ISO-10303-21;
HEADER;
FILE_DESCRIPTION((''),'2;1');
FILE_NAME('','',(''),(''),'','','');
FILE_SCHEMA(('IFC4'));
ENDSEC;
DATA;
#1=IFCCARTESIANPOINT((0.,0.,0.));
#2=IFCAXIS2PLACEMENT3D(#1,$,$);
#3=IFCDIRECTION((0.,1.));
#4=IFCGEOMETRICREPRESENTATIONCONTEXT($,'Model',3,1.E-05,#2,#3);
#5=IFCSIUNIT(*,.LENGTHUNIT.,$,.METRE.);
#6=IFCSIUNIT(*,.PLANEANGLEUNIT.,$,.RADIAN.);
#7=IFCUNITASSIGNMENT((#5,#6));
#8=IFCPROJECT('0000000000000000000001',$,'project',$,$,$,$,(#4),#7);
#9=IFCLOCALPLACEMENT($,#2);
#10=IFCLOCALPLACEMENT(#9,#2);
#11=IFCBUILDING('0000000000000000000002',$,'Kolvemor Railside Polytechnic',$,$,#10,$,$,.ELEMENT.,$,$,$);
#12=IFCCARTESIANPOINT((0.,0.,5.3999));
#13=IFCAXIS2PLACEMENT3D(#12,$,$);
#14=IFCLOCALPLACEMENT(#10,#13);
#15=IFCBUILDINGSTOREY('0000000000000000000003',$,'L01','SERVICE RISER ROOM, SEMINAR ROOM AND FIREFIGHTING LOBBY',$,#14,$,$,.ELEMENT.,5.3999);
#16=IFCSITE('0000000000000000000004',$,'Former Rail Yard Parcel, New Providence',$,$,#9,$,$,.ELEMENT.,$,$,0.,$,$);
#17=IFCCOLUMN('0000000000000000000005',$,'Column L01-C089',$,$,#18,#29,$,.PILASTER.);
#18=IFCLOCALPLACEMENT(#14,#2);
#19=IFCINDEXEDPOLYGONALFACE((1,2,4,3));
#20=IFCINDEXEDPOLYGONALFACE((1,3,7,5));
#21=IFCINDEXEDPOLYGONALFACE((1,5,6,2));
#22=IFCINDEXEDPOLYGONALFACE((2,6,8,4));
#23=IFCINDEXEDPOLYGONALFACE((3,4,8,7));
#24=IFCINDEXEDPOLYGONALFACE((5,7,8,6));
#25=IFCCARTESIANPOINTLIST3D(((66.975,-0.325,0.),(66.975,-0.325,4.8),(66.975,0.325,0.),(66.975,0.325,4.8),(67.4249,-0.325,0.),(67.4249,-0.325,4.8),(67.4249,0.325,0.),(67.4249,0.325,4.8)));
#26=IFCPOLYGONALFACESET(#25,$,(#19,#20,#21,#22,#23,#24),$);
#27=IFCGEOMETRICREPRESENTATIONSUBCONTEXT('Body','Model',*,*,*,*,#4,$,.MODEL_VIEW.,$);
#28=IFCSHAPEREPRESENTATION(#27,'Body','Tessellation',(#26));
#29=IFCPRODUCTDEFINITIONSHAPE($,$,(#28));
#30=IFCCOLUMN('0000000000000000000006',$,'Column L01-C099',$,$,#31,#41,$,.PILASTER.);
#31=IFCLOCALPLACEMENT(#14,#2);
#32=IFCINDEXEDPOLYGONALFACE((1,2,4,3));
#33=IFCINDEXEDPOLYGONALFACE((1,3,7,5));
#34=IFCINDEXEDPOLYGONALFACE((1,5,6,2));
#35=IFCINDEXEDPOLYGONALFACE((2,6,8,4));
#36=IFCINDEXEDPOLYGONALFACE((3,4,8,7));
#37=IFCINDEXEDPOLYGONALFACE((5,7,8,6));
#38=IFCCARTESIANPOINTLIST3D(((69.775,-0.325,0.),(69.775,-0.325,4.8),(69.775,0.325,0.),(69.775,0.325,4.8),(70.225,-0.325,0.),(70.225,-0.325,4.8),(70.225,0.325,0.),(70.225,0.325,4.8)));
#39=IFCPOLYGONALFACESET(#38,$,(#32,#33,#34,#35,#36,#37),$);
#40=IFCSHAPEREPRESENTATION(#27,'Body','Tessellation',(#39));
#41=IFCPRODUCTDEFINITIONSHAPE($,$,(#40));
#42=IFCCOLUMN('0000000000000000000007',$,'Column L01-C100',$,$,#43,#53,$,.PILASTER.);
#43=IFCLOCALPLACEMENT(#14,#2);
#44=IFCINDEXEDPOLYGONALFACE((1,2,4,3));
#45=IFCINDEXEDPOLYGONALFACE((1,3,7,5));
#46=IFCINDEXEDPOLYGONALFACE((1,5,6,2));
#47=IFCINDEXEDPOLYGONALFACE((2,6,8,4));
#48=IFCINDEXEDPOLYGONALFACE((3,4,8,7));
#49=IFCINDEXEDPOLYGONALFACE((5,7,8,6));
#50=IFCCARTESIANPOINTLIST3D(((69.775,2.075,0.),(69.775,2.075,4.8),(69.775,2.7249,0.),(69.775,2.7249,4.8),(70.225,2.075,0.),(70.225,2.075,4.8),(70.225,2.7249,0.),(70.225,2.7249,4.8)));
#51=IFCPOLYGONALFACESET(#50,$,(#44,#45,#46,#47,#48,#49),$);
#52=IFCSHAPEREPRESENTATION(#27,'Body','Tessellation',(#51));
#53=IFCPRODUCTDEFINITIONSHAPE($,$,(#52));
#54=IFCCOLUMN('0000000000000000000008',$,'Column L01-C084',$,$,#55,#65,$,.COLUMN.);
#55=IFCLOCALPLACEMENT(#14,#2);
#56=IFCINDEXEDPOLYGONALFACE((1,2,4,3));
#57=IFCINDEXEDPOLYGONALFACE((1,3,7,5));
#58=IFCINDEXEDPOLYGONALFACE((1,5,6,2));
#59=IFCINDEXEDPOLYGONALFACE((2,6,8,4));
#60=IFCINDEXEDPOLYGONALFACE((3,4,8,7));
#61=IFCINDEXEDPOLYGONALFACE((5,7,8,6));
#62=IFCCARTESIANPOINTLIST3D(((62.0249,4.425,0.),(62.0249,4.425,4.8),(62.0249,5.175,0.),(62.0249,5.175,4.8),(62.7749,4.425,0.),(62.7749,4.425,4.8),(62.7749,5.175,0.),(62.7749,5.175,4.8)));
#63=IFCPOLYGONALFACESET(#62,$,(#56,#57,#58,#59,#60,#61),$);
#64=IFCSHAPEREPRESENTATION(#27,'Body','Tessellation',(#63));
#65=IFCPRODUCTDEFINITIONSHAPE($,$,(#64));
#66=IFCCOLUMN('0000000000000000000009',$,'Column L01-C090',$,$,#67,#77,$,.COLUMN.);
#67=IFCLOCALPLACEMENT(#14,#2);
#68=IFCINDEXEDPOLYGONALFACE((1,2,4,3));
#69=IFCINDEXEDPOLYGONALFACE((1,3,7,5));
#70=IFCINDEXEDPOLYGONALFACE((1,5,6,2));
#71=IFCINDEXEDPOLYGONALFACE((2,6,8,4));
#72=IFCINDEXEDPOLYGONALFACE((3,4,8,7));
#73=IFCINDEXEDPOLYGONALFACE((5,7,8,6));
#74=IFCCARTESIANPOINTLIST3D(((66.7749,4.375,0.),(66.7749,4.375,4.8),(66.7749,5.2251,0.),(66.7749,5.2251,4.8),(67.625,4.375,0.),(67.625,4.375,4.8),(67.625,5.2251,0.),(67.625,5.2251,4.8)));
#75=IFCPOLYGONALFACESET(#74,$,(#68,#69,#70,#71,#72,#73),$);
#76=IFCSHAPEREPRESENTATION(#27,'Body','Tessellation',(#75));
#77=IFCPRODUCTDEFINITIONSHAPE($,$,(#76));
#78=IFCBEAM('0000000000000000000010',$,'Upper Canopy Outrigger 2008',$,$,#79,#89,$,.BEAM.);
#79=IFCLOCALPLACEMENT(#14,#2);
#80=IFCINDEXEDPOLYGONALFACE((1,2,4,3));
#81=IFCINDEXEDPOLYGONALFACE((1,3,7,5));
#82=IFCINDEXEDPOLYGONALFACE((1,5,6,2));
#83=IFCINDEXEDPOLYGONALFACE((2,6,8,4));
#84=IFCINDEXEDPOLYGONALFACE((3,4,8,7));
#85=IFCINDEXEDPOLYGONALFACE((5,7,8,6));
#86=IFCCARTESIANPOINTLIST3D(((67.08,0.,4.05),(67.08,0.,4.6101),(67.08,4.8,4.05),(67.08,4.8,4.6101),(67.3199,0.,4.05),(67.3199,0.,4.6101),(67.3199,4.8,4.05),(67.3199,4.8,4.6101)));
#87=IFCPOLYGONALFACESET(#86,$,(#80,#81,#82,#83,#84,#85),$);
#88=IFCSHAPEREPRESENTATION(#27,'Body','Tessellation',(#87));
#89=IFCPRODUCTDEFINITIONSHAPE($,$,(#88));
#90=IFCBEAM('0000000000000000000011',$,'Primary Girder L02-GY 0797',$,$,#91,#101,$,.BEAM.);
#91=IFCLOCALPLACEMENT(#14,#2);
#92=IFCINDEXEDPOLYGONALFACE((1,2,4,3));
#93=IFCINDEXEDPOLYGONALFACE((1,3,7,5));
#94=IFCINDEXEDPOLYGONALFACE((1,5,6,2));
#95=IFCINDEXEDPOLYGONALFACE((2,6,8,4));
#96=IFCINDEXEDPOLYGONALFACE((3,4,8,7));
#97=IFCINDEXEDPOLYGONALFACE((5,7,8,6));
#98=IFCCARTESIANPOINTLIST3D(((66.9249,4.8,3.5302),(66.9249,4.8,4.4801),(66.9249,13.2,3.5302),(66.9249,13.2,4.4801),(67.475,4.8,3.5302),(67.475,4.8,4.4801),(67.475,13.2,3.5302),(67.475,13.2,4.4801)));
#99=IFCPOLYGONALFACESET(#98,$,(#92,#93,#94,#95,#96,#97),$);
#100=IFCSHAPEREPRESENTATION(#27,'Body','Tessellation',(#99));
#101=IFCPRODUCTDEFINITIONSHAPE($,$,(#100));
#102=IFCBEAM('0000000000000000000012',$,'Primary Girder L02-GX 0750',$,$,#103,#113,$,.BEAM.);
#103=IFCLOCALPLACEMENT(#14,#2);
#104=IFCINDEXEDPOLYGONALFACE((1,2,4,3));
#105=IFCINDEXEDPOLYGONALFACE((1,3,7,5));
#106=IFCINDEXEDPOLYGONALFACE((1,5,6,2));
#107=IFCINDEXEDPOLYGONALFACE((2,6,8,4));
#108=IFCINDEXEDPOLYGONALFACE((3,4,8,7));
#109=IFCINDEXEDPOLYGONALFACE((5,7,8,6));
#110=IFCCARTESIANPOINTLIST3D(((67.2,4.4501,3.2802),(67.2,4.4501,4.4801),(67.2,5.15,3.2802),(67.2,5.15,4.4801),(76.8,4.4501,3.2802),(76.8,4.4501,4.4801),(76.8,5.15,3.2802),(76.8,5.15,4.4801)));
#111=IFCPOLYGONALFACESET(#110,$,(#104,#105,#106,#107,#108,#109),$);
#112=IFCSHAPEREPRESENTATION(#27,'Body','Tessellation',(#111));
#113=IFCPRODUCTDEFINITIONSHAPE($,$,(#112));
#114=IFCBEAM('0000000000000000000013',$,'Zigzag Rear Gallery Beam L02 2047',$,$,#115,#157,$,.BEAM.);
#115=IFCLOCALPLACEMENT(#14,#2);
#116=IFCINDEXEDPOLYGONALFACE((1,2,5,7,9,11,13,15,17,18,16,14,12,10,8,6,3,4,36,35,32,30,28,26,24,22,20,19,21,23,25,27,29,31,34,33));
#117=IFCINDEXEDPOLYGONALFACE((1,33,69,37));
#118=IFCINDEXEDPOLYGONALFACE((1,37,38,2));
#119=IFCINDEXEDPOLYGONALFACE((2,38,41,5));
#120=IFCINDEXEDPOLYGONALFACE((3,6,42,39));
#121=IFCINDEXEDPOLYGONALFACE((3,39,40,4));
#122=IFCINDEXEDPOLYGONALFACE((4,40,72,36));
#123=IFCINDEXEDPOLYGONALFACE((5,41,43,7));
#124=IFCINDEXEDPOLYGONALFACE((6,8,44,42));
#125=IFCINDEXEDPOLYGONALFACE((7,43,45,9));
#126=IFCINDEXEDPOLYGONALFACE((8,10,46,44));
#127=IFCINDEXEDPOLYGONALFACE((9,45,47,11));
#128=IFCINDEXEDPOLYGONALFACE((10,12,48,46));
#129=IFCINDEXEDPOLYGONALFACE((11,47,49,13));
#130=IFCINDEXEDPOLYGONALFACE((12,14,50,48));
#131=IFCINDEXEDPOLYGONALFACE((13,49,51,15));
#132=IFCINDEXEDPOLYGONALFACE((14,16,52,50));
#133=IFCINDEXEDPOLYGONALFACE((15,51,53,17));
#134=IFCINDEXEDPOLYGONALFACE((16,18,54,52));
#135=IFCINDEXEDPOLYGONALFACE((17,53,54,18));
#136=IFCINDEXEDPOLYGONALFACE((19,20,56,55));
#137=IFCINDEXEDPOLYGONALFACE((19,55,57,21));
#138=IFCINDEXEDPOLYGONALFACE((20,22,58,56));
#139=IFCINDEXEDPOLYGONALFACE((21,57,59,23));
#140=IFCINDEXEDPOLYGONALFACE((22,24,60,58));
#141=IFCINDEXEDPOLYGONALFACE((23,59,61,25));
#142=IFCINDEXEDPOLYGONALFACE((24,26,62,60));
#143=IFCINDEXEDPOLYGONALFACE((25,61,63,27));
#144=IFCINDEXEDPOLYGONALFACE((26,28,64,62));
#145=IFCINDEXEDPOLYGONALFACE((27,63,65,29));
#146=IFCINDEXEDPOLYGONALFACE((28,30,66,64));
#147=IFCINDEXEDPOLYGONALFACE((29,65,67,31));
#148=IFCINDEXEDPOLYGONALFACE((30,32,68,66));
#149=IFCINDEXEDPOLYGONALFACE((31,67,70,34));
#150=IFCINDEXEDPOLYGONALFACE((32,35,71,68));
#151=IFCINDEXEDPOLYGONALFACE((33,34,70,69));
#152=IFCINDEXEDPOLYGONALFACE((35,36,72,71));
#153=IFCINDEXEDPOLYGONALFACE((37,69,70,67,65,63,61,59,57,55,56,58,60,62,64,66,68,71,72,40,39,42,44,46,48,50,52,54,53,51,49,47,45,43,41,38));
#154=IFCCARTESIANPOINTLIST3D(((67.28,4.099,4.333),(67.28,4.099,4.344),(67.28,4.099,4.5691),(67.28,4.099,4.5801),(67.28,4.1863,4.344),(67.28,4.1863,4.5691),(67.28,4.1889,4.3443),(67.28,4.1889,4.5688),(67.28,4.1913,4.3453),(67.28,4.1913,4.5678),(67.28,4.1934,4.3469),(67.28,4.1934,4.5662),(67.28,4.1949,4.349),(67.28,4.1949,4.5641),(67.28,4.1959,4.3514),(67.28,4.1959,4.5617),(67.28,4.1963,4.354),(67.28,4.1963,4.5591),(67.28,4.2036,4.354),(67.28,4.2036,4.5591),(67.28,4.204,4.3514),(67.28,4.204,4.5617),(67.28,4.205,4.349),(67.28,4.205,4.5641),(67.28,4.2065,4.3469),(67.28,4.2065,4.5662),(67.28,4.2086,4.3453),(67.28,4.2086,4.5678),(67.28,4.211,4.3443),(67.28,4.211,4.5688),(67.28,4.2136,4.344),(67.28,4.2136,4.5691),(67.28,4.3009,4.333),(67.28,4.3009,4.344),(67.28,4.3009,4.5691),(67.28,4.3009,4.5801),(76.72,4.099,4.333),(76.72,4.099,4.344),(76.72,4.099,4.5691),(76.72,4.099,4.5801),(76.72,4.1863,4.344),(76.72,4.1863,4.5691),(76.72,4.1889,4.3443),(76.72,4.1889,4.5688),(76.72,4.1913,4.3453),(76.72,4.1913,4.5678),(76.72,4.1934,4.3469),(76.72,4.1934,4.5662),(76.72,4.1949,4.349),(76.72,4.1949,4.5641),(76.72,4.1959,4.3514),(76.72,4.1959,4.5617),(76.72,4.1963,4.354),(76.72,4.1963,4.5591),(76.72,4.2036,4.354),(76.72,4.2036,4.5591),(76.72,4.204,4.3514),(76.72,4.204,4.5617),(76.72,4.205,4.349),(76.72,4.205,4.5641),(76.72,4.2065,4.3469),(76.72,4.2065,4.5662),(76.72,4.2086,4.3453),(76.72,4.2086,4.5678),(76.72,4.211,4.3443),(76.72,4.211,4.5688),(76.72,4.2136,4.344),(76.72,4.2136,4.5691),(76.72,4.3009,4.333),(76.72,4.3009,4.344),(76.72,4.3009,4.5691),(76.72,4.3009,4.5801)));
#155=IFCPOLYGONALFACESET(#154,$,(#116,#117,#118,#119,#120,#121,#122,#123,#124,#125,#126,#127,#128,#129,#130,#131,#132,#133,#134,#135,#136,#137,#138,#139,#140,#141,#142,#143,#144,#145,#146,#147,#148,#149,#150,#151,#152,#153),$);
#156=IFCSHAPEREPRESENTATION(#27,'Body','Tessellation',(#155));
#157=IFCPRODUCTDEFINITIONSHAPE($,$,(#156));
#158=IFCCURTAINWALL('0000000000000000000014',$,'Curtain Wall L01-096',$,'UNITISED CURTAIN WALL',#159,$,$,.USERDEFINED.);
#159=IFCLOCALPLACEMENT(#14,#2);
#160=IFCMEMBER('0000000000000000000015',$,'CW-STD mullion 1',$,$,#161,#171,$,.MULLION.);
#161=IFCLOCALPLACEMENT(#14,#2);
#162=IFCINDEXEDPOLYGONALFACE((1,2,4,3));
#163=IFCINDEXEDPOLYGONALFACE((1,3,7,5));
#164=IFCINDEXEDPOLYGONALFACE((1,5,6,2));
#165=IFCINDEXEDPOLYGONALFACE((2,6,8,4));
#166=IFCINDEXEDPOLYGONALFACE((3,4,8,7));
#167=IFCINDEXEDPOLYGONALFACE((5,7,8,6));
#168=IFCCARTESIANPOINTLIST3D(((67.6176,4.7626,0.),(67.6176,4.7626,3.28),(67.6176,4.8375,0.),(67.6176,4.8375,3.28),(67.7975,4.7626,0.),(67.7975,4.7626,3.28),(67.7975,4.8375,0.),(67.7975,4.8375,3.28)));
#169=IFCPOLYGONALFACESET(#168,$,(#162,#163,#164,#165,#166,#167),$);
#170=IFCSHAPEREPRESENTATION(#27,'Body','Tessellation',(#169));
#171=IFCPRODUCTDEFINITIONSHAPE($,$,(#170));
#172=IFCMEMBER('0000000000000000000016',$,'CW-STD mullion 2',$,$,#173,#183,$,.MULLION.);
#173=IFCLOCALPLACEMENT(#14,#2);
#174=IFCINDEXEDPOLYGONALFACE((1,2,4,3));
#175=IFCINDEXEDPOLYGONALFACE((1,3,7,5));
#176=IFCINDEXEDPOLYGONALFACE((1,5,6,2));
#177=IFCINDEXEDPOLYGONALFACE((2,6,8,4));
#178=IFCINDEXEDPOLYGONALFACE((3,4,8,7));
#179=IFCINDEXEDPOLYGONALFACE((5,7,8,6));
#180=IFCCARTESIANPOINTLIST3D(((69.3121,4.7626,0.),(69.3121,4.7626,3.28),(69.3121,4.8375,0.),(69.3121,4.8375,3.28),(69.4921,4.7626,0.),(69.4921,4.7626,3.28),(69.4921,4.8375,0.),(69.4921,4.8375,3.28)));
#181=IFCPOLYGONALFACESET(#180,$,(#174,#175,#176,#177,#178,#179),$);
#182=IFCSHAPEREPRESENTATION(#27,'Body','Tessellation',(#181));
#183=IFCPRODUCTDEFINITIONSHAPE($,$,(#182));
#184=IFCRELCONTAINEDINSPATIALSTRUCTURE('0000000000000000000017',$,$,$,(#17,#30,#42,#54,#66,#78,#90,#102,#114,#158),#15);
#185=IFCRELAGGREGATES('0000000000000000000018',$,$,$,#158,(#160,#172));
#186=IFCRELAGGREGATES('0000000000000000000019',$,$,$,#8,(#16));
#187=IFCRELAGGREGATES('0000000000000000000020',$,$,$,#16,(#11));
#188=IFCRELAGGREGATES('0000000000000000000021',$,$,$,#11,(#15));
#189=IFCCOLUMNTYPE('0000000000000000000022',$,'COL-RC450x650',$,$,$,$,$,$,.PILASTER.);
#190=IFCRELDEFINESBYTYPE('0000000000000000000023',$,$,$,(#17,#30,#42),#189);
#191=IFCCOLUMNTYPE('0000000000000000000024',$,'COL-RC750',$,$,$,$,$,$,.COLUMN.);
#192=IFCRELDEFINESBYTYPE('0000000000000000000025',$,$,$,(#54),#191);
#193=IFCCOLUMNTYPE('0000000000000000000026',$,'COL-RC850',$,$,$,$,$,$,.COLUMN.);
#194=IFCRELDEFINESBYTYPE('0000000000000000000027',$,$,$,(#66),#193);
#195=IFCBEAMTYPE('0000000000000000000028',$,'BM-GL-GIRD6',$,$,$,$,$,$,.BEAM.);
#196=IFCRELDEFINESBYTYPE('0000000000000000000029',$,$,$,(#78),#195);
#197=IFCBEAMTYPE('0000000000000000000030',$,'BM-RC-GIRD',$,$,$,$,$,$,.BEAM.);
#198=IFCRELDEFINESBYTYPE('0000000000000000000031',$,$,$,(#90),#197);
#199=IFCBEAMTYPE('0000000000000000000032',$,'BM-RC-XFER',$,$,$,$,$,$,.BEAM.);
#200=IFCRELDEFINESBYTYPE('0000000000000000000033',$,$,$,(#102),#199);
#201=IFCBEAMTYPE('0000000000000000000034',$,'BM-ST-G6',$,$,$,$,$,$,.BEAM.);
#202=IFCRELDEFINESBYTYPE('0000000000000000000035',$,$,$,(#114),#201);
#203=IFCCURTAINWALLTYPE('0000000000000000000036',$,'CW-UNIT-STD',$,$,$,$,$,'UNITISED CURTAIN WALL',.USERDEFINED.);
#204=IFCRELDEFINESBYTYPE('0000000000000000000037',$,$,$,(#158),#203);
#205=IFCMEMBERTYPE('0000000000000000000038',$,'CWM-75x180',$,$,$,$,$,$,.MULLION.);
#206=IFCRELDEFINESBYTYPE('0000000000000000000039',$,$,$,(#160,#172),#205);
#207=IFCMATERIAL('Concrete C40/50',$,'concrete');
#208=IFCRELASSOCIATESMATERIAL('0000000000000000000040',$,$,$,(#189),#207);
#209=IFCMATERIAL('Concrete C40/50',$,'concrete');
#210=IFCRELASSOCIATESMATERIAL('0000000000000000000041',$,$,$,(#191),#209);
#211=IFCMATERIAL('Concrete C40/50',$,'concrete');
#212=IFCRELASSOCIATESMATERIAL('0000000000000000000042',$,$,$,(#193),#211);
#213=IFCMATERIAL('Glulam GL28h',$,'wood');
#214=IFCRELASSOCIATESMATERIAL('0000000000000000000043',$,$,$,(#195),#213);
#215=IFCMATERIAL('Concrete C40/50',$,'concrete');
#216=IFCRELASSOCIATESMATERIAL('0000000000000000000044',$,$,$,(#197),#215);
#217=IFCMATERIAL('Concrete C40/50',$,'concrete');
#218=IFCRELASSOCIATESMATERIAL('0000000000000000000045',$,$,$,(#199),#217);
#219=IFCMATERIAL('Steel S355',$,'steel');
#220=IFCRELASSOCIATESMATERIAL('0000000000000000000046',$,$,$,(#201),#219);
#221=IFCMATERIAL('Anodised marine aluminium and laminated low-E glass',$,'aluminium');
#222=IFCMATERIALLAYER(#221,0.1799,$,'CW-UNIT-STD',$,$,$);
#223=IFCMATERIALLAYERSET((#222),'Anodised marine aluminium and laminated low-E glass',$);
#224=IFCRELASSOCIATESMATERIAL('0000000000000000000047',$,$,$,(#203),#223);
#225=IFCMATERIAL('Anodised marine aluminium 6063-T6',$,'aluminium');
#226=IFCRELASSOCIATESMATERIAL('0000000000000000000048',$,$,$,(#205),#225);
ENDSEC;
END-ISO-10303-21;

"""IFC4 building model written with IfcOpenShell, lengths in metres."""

from ifc_helpers import new_model, si_unit, direction, frame, origin, origin_2d, place, context, subcontext, project, spatial, rectangle, i_section, extrude, material, layer, layer_set, material_profile, profile_set, type_object, element, aggregate, save


model = new_model("IFC4")

# Units and contexts
model_context = context("Model", 3, precision=1e-05, world=origin(), true_north=direction((0.0, 1.0)))
body_context = subcontext(model_context, "Body", "Model", "MODEL_VIEW")
ifc_project = project(units=[si_unit("LENGTHUNIT", "METRE"), si_unit("PLANEANGLEUNIT", "RADIAN")], contexts=[model_context])

# Site, building, storey
site_placement = place(None, origin())
site = spatial("IfcSite", under=ifc_project, at=site_placement, Name="Former Rail Yard Parcel, New Providence", CompositionType="ELEMENT", RefElevation=0.0)
building_placement = place(site_placement, origin())
building = spatial("IfcBuilding", under=site, at=building_placement, Name="Kolvemor Railside Polytechnic", CompositionType="ELEMENT")
storey_placement = place(building_placement, frame((0.0, 0.0, 5.3999)))
storey = spatial("IfcBuildingStorey", under=building, at=storey_placement, Name="L01", Description="SERVICE RISER ROOM, SEMINAR ROOM AND FIREFIGHTING LOBBY", CompositionType="ELEMENT", Elevation=5.3999)

# Columns
ifc_material_1 = material(Name="Concrete C40/50", Category="concrete")
ifc_material_profile_1 = material_profile(ifc_material_1, rectangle(XDim=0.45, YDim=0.6499, at=origin_2d()), Name="RC450x650")
ifc_profile_set_1 = profile_set([ifc_material_profile_1], Name="Concrete C40/50")
column_type_1 = type_object("IfcColumnType", Name="COL-RC450x650", PredefinedType="PILASTER", material=ifc_profile_set_1)
for number, where, z_axis, x_axis, name in (
    (1, (67.2, 0.0, 0.0), (0.0, 0.0, 1.0), (1.0, 0.0, 0.0), "Column L01-C089"),
    (2, (70.0, 0.0, 0.0), (0.0, 0.0, 1.0), (1.0, 0.0, 0.0), "Column L01-C099"),
    (3, (70.0, 2.3999, 0.0), (0.0, 0.0, 1.0), (1.0, 0.0, 0.0), "Column L01-C100"),
):
    element("IfcColumn", number, at=place(storey_placement, frame(where, z_axis=z_axis, x_axis=x_axis)), inside=storey, type_object=column_type_1, Name=name, PredefinedType="PILASTER", context=body_context, shape_type="SweptSolid", body=[
        extrude(rectangle(XDim=0.45, YDim=0.6499, at=origin_2d()), origin(), (0.0, 0.0, 1.0), 4.8),
    ])
ifc_material_2 = material(Name="Concrete C40/50", Category="concrete")
ifc_material_profile_2 = material_profile(ifc_material_2, rectangle(XDim=0.75, YDim=0.75, at=origin_2d()), Name="RC750x750")
ifc_profile_set_2 = profile_set([ifc_material_profile_2], Name="Concrete C40/50")
column_type_2 = type_object("IfcColumnType", Name="COL-RC750", PredefinedType="COLUMN", material=ifc_profile_set_2)
column_1_placement = place(storey_placement, frame((62.3999, 4.8, 0.0), z_axis=(0.0, 0.0, 1.0), x_axis=(1.0, 0.0, 0.0)))
element("IfcColumn", 4, at=column_1_placement, inside=storey, type_object=column_type_2, Name="Column L01-C084", PredefinedType="COLUMN", context=body_context, shape_type="SweptSolid", body=[
    extrude(rectangle(XDim=0.75, YDim=0.75, at=origin_2d()), origin(), (0.0, 0.0, 1.0), 4.8),
])
ifc_material_3 = material(Name="Concrete C40/50", Category="concrete")
ifc_material_profile_3 = material_profile(ifc_material_3, rectangle(XDim=0.8501, YDim=0.8501, at=origin_2d()), Name="RC850x850")
ifc_profile_set_3 = profile_set([ifc_material_profile_3], Name="Concrete C40/50")
column_type_3 = type_object("IfcColumnType", Name="COL-RC850", PredefinedType="COLUMN", material=ifc_profile_set_3)
column_2_placement = place(storey_placement, frame((67.2, 4.8, 0.0), z_axis=(0.0, 0.0, 1.0), x_axis=(1.0, 0.0, 0.0)))
element("IfcColumn", 5, at=column_2_placement, inside=storey, type_object=column_type_3, Name="Column L01-C090", PredefinedType="COLUMN", context=body_context, shape_type="SweptSolid", body=[
    extrude(rectangle(XDim=0.8501, YDim=0.8501, at=origin_2d()), origin(), (0.0, 0.0, 1.0), 4.8),
])

# Beams
ifc_material_4 = material(Name="Glulam GL28h", Category="wood")
ifc_material_profile_4 = material_profile(ifc_material_4, rectangle(XDim=0.24, YDim=0.5601, at=origin_2d()), Name="GL240x560")
ifc_profile_set_4 = profile_set([ifc_material_profile_4], Name="Glulam GL28h")
beam_type_1 = type_object("IfcBeamType", Name="BM-GL-GIRD6", PredefinedType="BEAM", material=ifc_profile_set_4)
beam_1_placement = place(storey_placement, frame((67.2, 0.0, 4.3301), z_axis=(0.0, 1.0, 0.0), x_axis=(-1.0, 0.0, 0.0)))
element("IfcBeam", 6, at=beam_1_placement, inside=storey, type_object=beam_type_1, Name="Upper Canopy Outrigger 2008", PredefinedType="BEAM", context=body_context, shape_type="SweptSolid", body=[
    extrude(rectangle(XDim=0.24, YDim=0.5601, at=origin_2d()), origin(), (0.0, 0.0, 1.0), 4.8),
])
ifc_material_5 = material(Name="Concrete C40/50", Category="concrete")
ifc_material_profile_5 = material_profile(ifc_material_5, rectangle(XDim=0.55, YDim=0.95, at=origin_2d()), Name="RC550x950")
ifc_profile_set_5 = profile_set([ifc_material_profile_5], Name="Concrete C40/50")
beam_type_2 = type_object("IfcBeamType", Name="BM-RC-GIRD", PredefinedType="BEAM", material=ifc_profile_set_5)
beam_2_placement = place(storey_placement, frame((67.2, 4.8, 4.0051), z_axis=(0.0, 1.0, 0.0), x_axis=(-1.0, 0.0, 0.0)))
element("IfcBeam", 7, at=beam_2_placement, inside=storey, type_object=beam_type_2, Name="Primary Girder L02-GY 0797", PredefinedType="BEAM", context=body_context, shape_type="SweptSolid", body=[
    extrude(rectangle(XDim=0.55, YDim=0.95, at=origin_2d()), origin(), (0.0, 0.0, 1.0), 8.3999),
])
ifc_material_6 = material(Name="Concrete C40/50", Category="concrete")
ifc_material_profile_6 = material_profile(ifc_material_6, rectangle(XDim=0.7, YDim=1.2, at=origin_2d()), Name="RC700x1200")
ifc_profile_set_6 = profile_set([ifc_material_profile_6], Name="Concrete C40/50")
beam_type_3 = type_object("IfcBeamType", Name="BM-RC-XFER", PredefinedType="BEAM", material=ifc_profile_set_6)
beam_3_placement = place(storey_placement, frame((67.2, 4.8, 3.8801), z_axis=(1.0, 0.0, 0.0), x_axis=(0.0, 1.0, 0.0)))
element("IfcBeam", 8, at=beam_3_placement, inside=storey, type_object=beam_type_3, Name="Primary Girder L02-GX 0750", PredefinedType="BEAM", context=body_context, shape_type="SweptSolid", body=[
    extrude(rectangle(XDim=0.7, YDim=1.2, at=origin_2d()), origin(), (0.0, 0.0, 1.0), 9.6001),
])
ifc_material_7 = material(Name="Steel S355", Category="steel")
ifc_material_profile_7 = material_profile(ifc_material_7, i_section(OverallWidth=0.2019, OverallDepth=0.2471, WebThickness=0.0073, FlangeThickness=0.011, FilletRadius=0.01, at=origin_2d()), Name="W250x49")
ifc_profile_set_7 = profile_set([ifc_material_profile_7], Name="Steel S355")
beam_type_4 = type_object("IfcBeamType", Name="BM-ST-G6", PredefinedType="BEAM", material=ifc_profile_set_7)
beam_4_placement = place(storey_placement, frame((67.28, 4.2, 4.4565), z_axis=(1.0, 0.0, 0.0), x_axis=(0.0, 1.0, 0.0)))
element("IfcBeam", 9, at=beam_4_placement, inside=storey, type_object=beam_type_4, Name="Zigzag Rear Gallery Beam L02 2047", PredefinedType="BEAM", context=body_context, shape_type="SweptSolid", body=[
    extrude(i_section(OverallWidth=0.2019, OverallDepth=0.2471, WebThickness=0.0073, FlangeThickness=0.011, FilletRadius=0.01, at=origin_2d()), origin(), (0.0, 0.0, 1.0), 9.4399),
])

# Curtain wall, members
ifc_material_8 = material(Name="Anodised marine aluminium and laminated low-E glass", Category="aluminium")
ifc_layer_1 = layer(ifc_material_8, 0.1799, Name="CW-UNIT-STD")
ifc_layer_set_1 = layer_set([ifc_layer_1], Name="Anodised marine aluminium and laminated low-E glass")
curtain_wall_type = type_object("IfcCurtainWallType", Name="CW-UNIT-STD", ElementType="UNITISED CURTAIN WALL", PredefinedType="USERDEFINED", material=ifc_layer_set_1)
curtain_wall_placement = place(storey_placement, origin())
curtain_wall = element("IfcCurtainWall", 10, at=curtain_wall_placement, inside=storey, type_object=curtain_wall_type, Name="Curtain Wall L01-096", ObjectType="UNITISED CURTAIN WALL", PredefinedType="USERDEFINED")
ifc_material_9 = material(Name="Anodised marine aluminium 6063-T6", Category="aluminium")
ifc_material_profile_8 = material_profile(ifc_material_9, rectangle(XDim=0.075, YDim=0.1799, at=origin_2d()), Name="CW-MUL-75x180")
ifc_profile_set_8 = profile_set([ifc_material_profile_8], Name="Anodised marine aluminium 6063-T6")
member_type_1 = type_object("IfcMemberType", Name="CWM-75x180", PredefinedType="MULLION", material=ifc_profile_set_8)
member_1_placement = place(storey_placement, frame((67.7075, 4.8, 0.0), z_axis=(0.0, 0.0, 1.0), x_axis=(0.0, 1.0, 0.0)))
member_1 = element("IfcMember", 11, at=member_1_placement, type_object=member_type_1, Name="CW-STD mullion 1", PredefinedType="MULLION", context=body_context, shape_type="SweptSolid", body=[
    extrude(rectangle(XDim=0.075, YDim=0.1799, at=origin_2d()), origin(), (0.0, 0.0, 1.0), 3.28),
])
member_2_placement = place(storey_placement, frame((69.4021, 4.8, 0.0), z_axis=(0.0, 0.0, 1.0), x_axis=(0.0, 1.0, 0.0)))
member_2 = element("IfcMember", 12, at=member_2_placement, type_object=member_type_1, Name="CW-STD mullion 2", PredefinedType="MULLION", context=body_context, shape_type="SweptSolid", body=[
    extrude(rectangle(XDim=0.075, YDim=0.1799, at=origin_2d()), origin(), (0.0, 0.0, 1.0), 3.28),
])

aggregate(curtain_wall, [member_1, member_2])

save(model, "model.ifc")
